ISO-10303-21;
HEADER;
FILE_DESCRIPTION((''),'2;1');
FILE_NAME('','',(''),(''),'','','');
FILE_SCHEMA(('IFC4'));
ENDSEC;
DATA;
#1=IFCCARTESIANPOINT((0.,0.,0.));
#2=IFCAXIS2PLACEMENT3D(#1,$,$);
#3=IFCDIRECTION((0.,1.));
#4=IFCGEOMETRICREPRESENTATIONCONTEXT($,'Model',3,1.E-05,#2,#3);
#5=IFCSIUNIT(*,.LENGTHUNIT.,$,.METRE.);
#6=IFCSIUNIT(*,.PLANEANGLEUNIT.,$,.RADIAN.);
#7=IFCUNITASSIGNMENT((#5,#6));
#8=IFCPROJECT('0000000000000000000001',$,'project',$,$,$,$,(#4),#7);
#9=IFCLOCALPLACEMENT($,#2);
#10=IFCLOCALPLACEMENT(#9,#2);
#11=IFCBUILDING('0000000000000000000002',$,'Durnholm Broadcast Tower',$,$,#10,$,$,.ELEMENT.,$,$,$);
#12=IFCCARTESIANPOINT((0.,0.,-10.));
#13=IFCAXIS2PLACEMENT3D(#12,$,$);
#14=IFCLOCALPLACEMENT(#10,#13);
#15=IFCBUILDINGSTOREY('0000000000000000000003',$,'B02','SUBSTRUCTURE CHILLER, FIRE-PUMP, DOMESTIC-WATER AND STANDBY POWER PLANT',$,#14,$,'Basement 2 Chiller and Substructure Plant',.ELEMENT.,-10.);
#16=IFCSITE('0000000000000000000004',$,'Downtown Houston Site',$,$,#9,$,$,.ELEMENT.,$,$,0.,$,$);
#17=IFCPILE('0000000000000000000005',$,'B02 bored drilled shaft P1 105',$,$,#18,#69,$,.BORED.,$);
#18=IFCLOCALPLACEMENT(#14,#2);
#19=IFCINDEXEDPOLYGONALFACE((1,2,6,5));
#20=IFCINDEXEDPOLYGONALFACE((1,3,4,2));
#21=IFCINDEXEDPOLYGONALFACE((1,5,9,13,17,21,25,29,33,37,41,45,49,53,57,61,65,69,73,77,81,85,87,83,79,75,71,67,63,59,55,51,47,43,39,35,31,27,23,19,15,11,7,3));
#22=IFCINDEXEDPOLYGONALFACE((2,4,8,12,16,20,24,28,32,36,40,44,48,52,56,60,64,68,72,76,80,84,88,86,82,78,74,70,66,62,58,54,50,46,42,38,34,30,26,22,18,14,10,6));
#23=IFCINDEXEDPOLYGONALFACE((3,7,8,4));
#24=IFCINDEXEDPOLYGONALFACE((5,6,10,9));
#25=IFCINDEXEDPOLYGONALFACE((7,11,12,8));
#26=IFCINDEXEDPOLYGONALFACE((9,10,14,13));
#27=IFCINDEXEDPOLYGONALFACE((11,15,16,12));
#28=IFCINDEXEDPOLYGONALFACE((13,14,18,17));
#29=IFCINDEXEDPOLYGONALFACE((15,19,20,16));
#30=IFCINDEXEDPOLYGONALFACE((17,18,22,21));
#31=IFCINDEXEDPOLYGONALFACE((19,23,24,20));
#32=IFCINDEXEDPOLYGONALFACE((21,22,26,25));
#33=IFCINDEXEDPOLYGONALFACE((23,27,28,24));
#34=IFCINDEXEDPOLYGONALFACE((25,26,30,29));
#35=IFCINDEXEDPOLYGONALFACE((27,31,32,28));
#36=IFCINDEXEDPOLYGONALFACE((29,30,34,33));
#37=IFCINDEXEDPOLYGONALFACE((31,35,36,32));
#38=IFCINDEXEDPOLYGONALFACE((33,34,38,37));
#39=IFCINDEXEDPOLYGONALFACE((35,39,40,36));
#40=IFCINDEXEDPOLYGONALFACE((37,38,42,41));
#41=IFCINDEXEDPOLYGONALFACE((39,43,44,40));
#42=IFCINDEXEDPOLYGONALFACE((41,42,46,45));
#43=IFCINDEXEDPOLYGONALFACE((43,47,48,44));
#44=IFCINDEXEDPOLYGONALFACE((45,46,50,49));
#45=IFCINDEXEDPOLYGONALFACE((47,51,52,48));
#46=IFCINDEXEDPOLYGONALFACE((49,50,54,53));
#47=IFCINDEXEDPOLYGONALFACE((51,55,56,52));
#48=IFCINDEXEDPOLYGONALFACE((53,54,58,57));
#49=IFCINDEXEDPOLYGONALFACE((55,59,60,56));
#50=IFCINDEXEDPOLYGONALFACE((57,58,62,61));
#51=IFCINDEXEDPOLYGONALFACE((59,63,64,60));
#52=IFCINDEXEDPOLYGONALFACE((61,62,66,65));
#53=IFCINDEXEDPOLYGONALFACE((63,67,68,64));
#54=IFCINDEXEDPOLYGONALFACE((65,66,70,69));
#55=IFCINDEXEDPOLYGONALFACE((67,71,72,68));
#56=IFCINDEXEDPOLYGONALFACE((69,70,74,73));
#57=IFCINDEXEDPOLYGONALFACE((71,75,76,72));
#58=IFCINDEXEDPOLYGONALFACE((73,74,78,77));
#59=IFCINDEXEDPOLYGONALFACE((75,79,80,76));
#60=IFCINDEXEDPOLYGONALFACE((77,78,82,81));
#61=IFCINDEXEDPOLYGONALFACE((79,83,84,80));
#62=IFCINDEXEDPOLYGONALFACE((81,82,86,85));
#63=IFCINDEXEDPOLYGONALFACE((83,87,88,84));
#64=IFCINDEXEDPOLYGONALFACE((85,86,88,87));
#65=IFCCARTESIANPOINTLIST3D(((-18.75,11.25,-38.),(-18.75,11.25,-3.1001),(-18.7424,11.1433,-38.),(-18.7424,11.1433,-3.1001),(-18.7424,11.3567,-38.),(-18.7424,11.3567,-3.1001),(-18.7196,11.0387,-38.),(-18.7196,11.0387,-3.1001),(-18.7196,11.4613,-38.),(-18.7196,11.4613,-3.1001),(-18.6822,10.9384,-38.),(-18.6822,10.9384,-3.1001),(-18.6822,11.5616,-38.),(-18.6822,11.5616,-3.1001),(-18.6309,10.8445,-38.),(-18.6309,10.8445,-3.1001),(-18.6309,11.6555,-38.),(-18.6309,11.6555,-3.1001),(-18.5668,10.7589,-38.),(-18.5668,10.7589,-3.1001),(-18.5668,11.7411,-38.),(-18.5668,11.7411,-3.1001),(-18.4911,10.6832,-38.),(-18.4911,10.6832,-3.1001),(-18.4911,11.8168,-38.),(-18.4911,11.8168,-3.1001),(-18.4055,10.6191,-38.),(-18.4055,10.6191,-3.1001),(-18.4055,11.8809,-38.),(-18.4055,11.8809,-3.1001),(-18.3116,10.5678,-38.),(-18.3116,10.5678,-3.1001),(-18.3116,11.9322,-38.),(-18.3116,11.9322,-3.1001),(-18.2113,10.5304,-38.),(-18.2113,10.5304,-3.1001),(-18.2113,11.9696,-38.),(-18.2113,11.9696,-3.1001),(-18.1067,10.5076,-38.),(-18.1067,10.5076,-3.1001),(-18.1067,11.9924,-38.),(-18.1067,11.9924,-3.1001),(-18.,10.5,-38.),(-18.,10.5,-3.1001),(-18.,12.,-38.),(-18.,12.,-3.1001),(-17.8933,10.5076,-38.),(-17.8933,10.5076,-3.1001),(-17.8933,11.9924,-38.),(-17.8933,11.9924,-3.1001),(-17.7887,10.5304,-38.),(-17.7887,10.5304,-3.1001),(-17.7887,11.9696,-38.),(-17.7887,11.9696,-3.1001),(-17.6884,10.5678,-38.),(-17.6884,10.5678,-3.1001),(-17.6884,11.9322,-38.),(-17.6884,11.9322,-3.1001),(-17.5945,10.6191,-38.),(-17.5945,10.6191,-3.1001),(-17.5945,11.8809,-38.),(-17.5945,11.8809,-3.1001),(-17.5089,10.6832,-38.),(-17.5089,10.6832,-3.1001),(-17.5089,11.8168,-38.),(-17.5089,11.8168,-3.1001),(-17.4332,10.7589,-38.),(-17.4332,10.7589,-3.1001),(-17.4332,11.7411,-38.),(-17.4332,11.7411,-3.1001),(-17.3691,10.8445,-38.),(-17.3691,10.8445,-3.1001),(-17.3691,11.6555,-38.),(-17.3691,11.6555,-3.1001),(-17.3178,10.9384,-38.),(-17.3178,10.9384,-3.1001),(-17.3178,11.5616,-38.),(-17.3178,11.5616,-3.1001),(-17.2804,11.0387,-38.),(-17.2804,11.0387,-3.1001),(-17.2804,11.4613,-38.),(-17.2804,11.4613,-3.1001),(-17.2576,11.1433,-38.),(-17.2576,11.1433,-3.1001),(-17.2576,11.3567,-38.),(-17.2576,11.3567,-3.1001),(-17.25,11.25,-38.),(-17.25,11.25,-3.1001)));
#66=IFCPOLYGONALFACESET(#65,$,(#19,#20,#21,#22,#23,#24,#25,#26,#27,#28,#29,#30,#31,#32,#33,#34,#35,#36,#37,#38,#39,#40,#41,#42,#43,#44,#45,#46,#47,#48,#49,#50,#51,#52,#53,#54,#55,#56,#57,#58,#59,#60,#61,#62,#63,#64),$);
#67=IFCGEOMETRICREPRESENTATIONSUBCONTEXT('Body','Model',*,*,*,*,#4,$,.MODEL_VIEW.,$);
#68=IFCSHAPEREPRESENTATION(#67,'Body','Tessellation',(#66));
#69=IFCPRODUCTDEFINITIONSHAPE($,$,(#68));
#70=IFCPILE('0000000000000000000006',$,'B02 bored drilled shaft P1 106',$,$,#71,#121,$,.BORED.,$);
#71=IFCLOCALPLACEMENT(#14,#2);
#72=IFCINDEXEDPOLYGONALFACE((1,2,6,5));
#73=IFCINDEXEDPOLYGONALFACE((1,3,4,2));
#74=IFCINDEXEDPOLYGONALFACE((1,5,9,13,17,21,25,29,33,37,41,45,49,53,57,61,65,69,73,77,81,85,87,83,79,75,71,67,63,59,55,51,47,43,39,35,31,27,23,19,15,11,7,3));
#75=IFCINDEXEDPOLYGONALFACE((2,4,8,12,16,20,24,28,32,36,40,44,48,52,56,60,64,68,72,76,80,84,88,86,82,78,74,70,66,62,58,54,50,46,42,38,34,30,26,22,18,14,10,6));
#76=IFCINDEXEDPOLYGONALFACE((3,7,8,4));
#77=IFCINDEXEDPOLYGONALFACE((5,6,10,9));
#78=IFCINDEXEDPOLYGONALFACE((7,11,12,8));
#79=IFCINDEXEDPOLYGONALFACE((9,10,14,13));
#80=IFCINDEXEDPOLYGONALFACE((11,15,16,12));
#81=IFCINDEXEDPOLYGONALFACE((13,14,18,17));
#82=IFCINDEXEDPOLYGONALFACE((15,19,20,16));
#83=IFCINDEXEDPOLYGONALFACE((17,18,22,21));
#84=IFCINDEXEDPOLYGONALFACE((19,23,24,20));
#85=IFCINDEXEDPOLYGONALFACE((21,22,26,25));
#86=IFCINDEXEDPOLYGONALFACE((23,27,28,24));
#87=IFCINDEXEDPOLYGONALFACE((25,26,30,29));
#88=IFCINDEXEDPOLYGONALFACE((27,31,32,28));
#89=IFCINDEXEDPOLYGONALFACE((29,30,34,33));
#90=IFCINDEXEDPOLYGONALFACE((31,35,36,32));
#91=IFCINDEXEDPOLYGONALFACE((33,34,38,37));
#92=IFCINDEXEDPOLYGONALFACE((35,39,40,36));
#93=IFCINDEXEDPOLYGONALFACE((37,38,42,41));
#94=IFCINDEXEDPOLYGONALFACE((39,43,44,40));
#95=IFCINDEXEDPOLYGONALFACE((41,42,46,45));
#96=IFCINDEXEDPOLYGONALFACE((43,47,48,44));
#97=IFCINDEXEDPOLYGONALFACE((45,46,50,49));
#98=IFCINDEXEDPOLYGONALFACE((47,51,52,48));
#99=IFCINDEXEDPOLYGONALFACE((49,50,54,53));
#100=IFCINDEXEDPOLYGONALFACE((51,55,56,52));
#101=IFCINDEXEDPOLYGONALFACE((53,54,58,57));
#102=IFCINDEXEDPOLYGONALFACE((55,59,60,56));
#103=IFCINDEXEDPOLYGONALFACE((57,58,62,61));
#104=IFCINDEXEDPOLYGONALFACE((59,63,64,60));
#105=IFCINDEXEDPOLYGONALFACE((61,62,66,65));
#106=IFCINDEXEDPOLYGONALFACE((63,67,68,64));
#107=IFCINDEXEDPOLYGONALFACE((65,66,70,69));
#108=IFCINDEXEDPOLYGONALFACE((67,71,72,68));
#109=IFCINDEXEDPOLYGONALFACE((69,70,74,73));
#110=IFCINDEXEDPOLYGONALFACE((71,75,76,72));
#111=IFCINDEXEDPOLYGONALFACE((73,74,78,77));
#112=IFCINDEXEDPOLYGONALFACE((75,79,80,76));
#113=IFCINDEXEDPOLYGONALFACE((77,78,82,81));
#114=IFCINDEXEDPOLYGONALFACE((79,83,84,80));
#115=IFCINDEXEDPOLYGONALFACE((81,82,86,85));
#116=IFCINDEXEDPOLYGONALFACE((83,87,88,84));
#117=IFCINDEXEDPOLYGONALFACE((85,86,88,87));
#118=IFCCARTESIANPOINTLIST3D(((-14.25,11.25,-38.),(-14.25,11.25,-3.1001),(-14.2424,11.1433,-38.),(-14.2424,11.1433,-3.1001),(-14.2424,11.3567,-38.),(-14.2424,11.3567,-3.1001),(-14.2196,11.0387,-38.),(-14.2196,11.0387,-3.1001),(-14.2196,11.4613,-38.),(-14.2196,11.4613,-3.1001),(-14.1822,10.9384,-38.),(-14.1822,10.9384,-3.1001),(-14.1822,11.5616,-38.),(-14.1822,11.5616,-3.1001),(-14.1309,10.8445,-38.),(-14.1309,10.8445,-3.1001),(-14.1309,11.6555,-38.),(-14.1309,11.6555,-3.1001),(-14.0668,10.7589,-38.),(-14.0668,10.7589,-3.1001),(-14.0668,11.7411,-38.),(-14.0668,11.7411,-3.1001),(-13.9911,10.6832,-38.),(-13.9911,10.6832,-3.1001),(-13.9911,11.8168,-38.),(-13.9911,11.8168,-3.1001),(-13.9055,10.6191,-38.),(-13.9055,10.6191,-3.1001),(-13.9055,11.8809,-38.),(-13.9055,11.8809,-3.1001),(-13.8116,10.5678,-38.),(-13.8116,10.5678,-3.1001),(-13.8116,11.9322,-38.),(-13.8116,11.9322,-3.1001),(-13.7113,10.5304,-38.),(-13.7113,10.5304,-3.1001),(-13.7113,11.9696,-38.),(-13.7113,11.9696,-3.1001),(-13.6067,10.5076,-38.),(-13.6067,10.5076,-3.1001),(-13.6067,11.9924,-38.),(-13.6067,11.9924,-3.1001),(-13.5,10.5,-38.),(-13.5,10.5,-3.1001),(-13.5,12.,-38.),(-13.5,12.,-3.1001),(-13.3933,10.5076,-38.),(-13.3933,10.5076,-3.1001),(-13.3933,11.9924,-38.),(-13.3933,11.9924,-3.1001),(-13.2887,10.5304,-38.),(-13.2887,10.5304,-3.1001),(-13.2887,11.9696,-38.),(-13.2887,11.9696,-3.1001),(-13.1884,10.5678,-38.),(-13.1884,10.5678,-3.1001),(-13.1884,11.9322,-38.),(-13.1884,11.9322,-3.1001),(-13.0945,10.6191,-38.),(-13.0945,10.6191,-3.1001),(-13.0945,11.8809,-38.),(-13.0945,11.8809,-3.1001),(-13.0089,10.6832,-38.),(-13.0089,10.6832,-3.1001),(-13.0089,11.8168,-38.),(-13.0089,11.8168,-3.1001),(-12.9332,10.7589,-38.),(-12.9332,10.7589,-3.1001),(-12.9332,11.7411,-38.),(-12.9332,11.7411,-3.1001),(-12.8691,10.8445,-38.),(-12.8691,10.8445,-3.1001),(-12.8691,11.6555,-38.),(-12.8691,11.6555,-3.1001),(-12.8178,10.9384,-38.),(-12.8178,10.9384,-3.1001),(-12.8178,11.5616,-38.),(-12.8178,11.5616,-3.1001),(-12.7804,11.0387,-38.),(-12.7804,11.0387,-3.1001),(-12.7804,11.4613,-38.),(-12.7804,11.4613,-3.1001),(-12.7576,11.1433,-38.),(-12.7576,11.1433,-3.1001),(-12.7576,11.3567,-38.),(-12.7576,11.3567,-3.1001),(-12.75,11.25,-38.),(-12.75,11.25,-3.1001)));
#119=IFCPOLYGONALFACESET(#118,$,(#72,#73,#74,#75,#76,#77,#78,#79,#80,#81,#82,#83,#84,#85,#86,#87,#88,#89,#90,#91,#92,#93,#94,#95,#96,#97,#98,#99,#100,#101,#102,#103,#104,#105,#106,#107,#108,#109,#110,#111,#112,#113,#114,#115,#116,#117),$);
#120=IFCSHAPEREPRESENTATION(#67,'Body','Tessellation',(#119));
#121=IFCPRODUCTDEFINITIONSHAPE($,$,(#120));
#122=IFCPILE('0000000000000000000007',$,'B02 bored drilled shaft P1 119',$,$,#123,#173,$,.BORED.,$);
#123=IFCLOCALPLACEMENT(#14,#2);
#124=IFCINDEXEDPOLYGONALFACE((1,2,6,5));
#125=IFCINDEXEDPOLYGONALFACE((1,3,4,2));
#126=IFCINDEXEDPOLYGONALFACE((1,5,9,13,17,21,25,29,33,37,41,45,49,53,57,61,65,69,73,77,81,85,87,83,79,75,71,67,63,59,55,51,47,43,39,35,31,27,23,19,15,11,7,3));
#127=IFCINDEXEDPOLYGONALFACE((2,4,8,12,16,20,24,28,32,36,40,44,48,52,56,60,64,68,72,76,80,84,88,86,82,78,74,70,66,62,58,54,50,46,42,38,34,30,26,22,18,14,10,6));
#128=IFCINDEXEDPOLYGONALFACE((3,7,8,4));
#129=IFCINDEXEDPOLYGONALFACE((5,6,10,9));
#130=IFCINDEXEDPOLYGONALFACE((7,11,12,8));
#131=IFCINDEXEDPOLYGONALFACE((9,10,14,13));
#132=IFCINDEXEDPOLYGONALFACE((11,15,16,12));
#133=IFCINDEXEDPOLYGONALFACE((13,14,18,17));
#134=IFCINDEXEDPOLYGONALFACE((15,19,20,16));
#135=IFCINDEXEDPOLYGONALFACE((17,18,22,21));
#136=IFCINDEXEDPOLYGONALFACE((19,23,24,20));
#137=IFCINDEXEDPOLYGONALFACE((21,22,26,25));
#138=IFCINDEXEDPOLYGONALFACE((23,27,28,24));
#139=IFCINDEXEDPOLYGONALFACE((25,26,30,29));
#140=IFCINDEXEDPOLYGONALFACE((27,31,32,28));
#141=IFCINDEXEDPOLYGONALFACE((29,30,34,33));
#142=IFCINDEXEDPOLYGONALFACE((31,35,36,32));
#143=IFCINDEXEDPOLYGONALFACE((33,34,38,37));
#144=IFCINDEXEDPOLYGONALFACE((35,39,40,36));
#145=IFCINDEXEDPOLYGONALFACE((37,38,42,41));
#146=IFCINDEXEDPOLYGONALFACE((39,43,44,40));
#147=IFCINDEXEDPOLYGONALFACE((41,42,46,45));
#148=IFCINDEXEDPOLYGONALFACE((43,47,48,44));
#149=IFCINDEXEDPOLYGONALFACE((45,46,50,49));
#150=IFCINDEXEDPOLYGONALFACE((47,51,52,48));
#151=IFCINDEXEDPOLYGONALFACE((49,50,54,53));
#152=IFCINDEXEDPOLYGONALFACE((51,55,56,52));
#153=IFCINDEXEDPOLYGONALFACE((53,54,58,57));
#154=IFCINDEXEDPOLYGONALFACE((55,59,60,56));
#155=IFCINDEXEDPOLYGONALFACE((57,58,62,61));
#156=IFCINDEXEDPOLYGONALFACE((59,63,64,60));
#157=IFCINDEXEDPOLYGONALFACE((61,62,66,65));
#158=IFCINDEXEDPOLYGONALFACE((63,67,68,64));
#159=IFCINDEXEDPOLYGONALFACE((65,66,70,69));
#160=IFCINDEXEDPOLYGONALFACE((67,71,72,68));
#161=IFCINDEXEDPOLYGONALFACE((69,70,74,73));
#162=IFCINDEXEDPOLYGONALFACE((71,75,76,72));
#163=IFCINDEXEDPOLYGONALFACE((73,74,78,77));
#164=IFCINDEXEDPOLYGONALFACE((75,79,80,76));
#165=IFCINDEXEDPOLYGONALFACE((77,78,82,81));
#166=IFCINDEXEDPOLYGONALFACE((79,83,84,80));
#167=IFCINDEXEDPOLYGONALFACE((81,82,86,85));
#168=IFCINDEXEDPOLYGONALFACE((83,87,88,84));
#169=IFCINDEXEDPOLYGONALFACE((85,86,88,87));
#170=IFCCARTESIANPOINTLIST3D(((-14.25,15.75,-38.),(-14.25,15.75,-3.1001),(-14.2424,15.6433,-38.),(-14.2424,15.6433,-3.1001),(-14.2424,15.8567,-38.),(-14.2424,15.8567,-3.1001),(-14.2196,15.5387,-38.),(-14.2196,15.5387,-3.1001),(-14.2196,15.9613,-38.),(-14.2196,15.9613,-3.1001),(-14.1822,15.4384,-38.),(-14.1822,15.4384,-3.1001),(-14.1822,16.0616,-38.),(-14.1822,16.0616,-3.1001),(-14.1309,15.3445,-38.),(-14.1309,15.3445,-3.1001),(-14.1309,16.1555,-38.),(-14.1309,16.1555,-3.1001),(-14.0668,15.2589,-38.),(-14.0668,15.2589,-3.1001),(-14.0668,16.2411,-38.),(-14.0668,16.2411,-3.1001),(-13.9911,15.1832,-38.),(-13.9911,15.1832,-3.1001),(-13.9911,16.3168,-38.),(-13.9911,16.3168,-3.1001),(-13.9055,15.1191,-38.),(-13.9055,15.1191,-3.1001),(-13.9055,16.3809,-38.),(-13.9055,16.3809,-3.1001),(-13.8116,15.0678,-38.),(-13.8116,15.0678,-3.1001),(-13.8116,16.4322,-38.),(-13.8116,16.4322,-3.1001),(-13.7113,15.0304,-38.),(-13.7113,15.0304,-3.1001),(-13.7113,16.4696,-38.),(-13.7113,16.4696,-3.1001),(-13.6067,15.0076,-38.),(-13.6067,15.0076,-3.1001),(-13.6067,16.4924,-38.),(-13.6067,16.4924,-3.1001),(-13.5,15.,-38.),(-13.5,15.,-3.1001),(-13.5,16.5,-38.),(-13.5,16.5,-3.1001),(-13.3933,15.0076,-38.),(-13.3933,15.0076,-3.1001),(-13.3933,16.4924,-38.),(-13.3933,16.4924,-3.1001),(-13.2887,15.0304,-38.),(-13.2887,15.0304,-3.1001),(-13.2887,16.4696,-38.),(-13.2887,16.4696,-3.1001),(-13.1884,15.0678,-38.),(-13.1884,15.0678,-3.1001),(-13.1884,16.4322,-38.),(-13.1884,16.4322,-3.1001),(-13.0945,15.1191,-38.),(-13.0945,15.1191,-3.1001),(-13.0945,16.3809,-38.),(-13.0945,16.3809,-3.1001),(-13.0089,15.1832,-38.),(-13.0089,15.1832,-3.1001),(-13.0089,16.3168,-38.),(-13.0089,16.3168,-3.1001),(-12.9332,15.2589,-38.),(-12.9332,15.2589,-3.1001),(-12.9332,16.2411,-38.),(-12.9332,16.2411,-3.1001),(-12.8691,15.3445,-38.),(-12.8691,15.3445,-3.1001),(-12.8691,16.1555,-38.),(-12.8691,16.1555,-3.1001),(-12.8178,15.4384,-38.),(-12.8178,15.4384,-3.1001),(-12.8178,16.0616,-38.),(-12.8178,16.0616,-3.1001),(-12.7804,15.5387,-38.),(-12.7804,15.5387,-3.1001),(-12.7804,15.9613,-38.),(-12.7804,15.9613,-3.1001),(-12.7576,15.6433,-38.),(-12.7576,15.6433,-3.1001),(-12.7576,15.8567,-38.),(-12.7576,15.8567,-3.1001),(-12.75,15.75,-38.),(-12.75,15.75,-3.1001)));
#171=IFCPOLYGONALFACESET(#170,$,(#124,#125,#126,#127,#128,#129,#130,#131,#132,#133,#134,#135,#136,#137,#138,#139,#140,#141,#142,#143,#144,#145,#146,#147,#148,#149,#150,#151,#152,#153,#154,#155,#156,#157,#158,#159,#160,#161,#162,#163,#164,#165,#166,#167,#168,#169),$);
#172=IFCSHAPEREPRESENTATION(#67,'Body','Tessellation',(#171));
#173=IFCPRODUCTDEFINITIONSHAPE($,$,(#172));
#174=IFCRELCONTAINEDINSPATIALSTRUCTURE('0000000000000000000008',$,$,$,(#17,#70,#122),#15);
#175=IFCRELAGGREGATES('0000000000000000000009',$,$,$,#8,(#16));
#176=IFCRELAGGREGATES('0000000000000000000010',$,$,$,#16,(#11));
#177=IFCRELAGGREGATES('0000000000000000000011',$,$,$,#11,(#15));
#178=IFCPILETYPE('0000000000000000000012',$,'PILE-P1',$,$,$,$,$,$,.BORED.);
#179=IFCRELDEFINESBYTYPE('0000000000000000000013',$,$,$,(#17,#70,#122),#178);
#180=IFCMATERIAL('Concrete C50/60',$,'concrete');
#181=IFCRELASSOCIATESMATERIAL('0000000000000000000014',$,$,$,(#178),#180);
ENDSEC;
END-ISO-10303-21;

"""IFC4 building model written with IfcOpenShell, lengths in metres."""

from ifc_helpers import new_model, si_unit, direction, frame, origin, origin_2d, place, context, subcontext, project, spatial, circle, extrude, source, transform, mapped, material, material_profile, profile_set, type_object, type_shapes, element, save


model = new_model("IFC4")

# Units and contexts
model_context = context("Model", 3, precision=1e-05, world=origin(), true_north=direction((0.0, 1.0)))
body_context = subcontext(model_context, "Body", "Model", "MODEL_VIEW")
ifc_project = project(units=[si_unit("LENGTHUNIT", "METRE"), si_unit("PLANEANGLEUNIT", "RADIAN")], contexts=[model_context])

# Site, building, storey
site_placement = place(None, origin())
site = spatial("IfcSite", under=ifc_project, at=site_placement, Name="Downtown Houston Site", CompositionType="ELEMENT", RefElevation=0.0)
building_placement = place(site_placement, origin())
building = spatial("IfcBuilding", under=site, at=building_placement, Name="Durnholm Broadcast Tower", CompositionType="ELEMENT")
storey_placement = place(building_placement, frame((0.0, 0.0, -10.0)))
storey = spatial("IfcBuildingStorey", under=building, at=storey_placement, Name="B02", Description="SUBSTRUCTURE CHILLER, FIRE-PUMP, DOMESTIC-WATER AND STANDBY POWER PLANT", LongName="Basement 2 Chiller and Substructure Plant", CompositionType="ELEMENT", Elevation=-10.0)

# Piles
ifc_material_1 = material(Name="Concrete C50/60", Category="concrete")
ifc_material_profile_1 = material_profile(ifc_material_1, circle(Radius=0.75, at=origin_2d()), Name="PILE1500")
ifc_profile_set_1 = profile_set([ifc_material_profile_1], Name="Concrete C50/60")
pile_type_1 = type_object("IfcPileType", Name="PILE-P1", PredefinedType="BORED", material=ifc_profile_set_1)
shared_shape_1 = source(origin(), body_context, "Body", "SweptSolid", [
    extrude(circle(Radius=0.75, at=origin_2d()), origin(), (0.0, 0.0, 1.0), 34.8999),
])
type_shapes(pile_type_1, [shared_shape_1])
for number, where, z_axis, x_axis, name in (
    (1, (-18.0, 11.25, -3.1001), (0.0, 0.0, -1.0), (1.0, 0.0, 0.0), "B02 bored drilled shaft P1 105"),
    (2, (-13.5, 11.25, -3.1001), (0.0, 0.0, -1.0), (1.0, 0.0, 0.0), "B02 bored drilled shaft P1 106"),
    (3, (-13.5, 15.75, -3.1001), (0.0, 0.0, -1.0), (1.0, 0.0, 0.0), "B02 bored drilled shaft P1 119"),
):
    element("IfcPile", number, at=place(storey_placement, frame(where, z_axis=z_axis, x_axis=x_axis)), inside=storey, type_object=pile_type_1, Name=name, PredefinedType="BORED", context=body_context, shape_type="MappedRepresentation", body=[
        mapped(shared_shape_1, transform((0.0, 0.0, 0.0), x_axis=(1.0, 0.0, 0.0), y_axis=(0.0, 1.0, 0.0), z_axis=(0.0, 0.0, 1.0), scale=1.0)),
    ])

save(model, "model.ifc")
